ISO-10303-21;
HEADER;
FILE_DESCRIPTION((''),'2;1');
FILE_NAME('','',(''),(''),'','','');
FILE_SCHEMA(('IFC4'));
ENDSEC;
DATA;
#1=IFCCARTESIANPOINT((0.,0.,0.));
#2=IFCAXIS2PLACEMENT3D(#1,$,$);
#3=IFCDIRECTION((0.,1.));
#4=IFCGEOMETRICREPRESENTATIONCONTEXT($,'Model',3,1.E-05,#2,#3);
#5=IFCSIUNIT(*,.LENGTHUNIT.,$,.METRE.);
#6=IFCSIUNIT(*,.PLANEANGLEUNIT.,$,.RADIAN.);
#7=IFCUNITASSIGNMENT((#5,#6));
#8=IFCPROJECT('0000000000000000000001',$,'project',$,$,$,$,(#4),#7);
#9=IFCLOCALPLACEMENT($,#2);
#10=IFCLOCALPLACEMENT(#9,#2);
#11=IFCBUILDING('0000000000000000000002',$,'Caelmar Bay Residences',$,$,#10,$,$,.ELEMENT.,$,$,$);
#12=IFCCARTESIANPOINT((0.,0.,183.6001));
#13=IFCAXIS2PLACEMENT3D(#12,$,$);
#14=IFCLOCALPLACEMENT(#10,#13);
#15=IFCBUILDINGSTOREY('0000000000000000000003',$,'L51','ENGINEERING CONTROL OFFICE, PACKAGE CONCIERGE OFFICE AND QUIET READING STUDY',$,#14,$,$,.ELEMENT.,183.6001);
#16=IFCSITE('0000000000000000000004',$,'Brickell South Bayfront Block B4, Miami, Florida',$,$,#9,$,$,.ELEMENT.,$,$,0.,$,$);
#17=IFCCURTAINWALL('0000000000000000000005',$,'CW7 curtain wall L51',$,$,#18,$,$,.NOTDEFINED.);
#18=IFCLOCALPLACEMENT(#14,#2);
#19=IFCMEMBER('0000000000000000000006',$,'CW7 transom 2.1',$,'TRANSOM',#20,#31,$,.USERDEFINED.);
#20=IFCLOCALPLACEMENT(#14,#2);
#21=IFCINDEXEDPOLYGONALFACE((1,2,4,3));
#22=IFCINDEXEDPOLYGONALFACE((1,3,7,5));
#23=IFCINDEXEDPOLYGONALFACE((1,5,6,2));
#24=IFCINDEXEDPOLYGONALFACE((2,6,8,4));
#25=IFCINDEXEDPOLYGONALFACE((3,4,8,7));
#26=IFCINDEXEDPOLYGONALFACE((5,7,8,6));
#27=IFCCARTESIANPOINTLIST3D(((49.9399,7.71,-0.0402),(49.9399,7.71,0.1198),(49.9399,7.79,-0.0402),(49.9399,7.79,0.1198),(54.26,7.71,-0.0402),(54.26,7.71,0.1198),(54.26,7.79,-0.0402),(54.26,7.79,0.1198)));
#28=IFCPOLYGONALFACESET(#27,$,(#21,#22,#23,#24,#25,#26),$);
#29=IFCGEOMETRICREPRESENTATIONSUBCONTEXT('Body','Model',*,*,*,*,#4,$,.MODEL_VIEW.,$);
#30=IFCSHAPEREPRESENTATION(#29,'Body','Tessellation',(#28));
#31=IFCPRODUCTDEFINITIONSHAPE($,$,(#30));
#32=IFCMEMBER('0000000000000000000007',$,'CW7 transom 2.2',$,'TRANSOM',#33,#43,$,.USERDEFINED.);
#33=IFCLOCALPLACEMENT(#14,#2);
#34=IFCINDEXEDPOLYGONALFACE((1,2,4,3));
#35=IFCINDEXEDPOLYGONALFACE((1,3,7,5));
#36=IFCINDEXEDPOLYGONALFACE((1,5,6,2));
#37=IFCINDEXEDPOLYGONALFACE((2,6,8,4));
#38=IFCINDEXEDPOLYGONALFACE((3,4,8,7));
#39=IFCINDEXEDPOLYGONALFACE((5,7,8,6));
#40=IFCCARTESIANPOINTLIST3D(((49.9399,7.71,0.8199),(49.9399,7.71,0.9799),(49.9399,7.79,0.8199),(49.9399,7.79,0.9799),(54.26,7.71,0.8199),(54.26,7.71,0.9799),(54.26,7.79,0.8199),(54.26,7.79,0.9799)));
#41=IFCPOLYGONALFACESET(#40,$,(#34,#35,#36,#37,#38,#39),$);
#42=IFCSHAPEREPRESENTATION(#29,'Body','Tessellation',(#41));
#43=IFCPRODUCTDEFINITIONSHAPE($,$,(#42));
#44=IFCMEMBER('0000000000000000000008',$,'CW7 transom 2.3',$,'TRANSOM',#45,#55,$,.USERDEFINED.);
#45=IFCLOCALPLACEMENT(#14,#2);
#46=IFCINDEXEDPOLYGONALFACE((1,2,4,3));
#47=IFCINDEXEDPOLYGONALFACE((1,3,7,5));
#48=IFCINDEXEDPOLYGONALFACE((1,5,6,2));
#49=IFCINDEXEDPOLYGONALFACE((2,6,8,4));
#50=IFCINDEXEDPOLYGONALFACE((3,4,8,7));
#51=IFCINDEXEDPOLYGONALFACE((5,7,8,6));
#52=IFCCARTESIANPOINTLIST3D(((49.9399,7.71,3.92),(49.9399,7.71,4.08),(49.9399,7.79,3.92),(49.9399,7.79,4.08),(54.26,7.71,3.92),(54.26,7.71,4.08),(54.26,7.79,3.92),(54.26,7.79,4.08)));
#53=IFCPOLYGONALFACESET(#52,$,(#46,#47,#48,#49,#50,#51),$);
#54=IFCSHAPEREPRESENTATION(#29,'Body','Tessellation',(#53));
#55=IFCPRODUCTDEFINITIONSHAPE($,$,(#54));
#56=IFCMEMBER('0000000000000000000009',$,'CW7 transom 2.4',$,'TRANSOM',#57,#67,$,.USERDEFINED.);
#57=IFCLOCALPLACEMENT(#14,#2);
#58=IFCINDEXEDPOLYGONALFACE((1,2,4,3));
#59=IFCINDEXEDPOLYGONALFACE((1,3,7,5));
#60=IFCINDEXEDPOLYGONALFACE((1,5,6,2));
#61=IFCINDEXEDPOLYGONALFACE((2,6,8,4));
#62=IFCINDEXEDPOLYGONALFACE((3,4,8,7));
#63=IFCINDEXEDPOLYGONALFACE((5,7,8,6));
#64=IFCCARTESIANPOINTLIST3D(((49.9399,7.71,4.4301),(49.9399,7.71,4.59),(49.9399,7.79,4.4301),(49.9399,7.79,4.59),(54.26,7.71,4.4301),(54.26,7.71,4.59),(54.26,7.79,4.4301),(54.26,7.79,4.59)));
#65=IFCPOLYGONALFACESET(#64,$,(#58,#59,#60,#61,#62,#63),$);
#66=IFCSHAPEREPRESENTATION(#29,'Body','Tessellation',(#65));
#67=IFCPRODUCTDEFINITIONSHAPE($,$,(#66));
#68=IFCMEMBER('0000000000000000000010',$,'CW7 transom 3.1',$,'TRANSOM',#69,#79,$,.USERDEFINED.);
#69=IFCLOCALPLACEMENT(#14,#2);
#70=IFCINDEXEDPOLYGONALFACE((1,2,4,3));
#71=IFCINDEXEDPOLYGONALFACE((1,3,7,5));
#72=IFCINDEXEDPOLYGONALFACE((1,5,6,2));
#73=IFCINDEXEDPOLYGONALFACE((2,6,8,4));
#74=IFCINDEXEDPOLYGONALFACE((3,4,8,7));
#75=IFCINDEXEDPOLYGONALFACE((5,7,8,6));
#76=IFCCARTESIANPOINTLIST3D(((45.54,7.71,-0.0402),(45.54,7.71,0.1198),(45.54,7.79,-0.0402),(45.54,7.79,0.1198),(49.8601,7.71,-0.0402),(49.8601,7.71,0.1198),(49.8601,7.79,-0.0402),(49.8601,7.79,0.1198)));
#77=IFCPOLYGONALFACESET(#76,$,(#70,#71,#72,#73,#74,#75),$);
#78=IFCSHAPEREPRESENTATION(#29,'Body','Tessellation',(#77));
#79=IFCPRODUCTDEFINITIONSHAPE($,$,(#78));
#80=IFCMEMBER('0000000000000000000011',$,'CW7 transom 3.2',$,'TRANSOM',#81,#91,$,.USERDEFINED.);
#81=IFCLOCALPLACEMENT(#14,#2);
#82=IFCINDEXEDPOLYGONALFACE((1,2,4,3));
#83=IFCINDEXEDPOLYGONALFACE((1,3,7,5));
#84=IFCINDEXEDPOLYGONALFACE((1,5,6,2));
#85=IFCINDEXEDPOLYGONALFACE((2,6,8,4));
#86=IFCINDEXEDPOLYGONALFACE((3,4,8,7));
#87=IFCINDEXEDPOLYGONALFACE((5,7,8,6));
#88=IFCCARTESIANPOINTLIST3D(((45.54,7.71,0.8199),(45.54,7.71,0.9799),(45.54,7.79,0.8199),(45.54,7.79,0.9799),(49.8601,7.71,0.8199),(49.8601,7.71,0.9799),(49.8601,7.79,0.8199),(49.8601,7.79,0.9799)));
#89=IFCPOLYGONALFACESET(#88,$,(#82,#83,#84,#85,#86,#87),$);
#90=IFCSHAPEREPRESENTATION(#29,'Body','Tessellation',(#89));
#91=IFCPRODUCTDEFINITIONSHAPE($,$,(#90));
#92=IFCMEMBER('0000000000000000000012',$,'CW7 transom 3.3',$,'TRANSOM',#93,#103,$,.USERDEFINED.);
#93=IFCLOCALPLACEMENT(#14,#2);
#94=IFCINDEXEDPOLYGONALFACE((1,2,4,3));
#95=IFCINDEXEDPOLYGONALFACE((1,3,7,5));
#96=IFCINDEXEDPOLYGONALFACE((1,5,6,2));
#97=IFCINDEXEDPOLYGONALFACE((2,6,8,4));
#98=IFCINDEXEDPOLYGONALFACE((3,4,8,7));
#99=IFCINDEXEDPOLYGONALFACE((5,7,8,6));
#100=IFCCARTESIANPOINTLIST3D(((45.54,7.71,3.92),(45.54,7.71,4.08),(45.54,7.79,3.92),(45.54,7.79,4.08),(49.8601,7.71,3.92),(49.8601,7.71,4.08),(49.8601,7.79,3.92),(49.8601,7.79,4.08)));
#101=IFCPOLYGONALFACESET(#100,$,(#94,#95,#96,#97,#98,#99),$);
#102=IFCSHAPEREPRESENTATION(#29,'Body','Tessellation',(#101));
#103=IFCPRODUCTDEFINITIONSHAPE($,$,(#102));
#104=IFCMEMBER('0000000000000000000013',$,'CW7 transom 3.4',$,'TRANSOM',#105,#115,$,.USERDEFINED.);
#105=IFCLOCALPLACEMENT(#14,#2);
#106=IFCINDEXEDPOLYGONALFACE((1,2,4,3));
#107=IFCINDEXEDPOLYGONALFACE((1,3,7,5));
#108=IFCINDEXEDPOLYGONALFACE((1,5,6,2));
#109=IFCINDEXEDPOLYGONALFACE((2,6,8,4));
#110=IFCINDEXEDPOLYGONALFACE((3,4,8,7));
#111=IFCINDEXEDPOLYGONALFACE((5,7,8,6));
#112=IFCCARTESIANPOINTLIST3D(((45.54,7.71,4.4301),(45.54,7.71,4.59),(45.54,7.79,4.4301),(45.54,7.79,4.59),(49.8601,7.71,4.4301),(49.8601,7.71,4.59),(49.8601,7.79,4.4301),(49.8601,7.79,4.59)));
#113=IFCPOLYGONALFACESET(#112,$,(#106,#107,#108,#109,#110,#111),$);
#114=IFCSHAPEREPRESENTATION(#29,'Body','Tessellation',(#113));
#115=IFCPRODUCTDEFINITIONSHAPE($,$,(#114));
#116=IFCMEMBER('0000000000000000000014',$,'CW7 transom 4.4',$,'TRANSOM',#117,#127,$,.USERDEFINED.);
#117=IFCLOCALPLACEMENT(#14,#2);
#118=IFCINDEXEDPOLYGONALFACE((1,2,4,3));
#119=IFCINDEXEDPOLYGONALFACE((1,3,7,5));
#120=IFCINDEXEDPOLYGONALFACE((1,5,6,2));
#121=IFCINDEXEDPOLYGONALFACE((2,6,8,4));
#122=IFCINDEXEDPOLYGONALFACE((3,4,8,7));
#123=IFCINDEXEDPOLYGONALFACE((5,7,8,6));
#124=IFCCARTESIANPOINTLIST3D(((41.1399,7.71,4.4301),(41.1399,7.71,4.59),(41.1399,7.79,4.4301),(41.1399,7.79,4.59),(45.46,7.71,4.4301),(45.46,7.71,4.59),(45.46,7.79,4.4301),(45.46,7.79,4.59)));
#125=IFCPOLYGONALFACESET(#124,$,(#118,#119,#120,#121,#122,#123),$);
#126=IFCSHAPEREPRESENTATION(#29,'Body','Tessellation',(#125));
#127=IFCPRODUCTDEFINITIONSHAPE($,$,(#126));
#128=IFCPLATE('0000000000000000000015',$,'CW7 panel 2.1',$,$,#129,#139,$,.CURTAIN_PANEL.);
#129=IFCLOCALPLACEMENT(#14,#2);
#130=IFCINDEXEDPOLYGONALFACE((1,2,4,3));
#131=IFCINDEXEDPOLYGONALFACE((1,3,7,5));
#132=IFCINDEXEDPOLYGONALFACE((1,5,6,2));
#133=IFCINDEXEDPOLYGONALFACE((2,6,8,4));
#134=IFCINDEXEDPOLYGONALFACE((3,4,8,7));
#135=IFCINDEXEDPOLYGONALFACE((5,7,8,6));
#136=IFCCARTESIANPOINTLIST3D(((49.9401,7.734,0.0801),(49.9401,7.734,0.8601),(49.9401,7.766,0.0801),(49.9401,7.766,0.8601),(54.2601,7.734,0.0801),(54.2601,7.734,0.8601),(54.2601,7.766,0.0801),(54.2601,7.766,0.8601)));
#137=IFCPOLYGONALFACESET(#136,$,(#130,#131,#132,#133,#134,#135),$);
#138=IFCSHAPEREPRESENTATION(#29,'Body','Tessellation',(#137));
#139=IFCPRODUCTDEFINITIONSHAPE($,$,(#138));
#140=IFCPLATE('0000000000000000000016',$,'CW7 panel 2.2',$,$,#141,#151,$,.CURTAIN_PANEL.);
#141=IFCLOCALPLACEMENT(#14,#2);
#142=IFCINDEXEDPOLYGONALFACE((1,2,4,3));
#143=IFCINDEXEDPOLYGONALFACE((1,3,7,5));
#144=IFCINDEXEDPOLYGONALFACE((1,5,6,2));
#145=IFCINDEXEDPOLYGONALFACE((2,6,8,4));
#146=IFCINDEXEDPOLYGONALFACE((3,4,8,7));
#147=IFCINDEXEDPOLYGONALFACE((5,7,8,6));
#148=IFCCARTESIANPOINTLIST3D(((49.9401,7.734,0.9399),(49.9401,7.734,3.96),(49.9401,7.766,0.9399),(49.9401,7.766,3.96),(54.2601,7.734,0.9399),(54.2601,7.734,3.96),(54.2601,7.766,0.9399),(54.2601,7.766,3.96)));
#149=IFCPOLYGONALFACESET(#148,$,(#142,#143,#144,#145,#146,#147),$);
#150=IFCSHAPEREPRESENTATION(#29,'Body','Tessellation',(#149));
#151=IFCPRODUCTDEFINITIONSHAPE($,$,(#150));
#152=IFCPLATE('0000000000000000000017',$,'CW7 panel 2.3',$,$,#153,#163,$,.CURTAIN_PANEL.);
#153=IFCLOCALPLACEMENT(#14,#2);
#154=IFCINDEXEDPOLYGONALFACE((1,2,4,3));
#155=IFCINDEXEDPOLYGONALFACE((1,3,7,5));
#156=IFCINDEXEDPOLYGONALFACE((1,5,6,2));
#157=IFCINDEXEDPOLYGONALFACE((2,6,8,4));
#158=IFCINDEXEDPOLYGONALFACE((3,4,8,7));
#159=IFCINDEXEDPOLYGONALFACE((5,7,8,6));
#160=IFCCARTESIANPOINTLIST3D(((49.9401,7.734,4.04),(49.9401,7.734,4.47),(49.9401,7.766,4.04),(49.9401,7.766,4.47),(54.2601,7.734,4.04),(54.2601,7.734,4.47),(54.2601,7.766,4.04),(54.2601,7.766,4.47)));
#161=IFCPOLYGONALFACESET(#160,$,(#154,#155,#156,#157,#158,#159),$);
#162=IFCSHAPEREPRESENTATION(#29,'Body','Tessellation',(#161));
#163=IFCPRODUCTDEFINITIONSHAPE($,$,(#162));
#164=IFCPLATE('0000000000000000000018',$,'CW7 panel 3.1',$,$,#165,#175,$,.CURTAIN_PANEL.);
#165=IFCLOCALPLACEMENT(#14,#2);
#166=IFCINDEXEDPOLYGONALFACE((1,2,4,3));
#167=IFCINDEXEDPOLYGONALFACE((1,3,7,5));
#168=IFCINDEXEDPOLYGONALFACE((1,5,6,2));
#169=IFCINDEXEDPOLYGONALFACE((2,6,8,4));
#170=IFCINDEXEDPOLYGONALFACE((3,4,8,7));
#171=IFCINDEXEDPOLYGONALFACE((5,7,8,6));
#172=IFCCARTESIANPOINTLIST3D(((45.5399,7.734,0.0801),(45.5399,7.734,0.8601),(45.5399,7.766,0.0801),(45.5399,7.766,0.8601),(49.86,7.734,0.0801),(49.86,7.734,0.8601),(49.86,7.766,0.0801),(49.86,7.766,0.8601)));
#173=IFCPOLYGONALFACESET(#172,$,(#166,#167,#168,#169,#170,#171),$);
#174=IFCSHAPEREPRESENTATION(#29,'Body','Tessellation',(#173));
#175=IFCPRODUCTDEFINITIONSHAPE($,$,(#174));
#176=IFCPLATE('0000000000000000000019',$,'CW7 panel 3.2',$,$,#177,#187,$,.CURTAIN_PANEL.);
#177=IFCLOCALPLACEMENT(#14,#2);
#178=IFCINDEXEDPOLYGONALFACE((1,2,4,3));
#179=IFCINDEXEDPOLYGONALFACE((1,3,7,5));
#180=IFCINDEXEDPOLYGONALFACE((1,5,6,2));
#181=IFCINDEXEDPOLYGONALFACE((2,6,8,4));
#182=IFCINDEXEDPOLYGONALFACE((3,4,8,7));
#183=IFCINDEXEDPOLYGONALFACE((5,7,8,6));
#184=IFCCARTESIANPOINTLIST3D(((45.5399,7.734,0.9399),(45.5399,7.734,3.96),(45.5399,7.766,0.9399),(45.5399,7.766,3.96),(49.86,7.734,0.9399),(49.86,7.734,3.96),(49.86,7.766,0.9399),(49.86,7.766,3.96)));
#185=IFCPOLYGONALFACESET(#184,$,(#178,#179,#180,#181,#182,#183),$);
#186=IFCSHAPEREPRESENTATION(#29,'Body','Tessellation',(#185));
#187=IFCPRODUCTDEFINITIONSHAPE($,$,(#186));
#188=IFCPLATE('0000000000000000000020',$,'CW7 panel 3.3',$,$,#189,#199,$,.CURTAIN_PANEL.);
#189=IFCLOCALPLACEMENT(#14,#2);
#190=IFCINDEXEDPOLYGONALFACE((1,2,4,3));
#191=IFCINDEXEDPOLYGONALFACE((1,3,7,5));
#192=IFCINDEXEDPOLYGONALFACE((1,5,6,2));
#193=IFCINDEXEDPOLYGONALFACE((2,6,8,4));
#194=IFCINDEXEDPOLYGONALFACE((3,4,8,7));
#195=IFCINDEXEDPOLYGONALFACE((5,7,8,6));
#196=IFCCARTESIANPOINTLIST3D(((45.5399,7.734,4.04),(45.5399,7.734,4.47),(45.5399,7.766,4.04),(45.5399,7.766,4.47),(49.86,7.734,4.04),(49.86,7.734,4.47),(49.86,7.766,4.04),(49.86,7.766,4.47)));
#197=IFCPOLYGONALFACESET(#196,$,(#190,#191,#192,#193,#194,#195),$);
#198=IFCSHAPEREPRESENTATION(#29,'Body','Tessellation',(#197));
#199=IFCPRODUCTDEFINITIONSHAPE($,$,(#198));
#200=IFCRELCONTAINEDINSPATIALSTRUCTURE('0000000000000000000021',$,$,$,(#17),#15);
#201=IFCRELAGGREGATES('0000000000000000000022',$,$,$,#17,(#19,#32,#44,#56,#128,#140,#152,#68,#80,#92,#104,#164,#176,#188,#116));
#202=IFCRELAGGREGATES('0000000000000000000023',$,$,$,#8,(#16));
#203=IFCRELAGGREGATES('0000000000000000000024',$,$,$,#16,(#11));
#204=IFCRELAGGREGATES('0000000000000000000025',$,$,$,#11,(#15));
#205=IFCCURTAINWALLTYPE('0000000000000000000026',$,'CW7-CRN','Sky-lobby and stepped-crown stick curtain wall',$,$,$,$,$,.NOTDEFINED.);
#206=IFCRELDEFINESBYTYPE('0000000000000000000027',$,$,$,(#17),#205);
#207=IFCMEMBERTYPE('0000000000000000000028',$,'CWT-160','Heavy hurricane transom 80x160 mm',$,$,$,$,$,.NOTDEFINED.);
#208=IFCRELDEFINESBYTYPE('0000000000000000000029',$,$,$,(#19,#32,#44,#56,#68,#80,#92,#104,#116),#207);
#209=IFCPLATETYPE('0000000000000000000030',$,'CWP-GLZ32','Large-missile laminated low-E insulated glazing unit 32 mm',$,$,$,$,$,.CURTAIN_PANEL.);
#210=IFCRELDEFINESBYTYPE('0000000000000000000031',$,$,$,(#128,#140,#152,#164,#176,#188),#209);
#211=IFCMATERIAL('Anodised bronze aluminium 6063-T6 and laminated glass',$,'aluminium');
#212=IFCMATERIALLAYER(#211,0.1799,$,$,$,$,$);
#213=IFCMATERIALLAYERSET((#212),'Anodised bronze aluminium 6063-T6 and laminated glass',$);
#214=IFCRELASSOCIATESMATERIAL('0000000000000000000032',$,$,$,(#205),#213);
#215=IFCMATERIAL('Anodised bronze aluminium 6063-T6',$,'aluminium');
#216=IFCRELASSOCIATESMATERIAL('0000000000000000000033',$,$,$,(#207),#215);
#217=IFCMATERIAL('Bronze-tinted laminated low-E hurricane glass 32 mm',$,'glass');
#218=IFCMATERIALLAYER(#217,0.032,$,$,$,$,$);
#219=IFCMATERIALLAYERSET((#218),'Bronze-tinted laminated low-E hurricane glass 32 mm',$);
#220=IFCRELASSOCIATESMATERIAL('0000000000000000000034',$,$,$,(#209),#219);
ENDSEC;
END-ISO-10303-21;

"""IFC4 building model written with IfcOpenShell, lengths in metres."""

from ifc_helpers import new_model, si_unit, direction, frame, origin, origin_2d, place, context, subcontext, project, spatial, rectangle, extrude, material, layer, layer_set, material_profile, profile_set, type_object, element, aggregate, save


model = new_model("IFC4")

# Units and contexts
model_context = context("Model", 3, precision=1e-05, world=origin(), true_north=direction((0.0, 1.0)))
body_context = subcontext(model_context, "Body", "Model", "MODEL_VIEW")
ifc_project = project(units=[si_unit("LENGTHUNIT", "METRE"), si_unit("PLANEANGLEUNIT", "RADIAN")], contexts=[model_context])

# Site, building, storey
site_placement = place(None, origin())
site = spatial("IfcSite", under=ifc_project, at=site_placement, Name="Brickell South Bayfront Block B4, Miami, Florida", CompositionType="ELEMENT", RefElevation=0.0)
building_placement = place(site_placement, origin())
building = spatial("IfcBuilding", under=site, at=building_placement, Name="Caelmar Bay Residences", CompositionType="ELEMENT")
storey_placement = place(building_placement, frame((0.0, 0.0, 183.6001)))
storey = spatial("IfcBuildingStorey", under=building, at=storey_placement, Name="L51", Description="ENGINEERING CONTROL OFFICE, PACKAGE CONCIERGE OFFICE AND QUIET READING STUDY", CompositionType="ELEMENT", Elevation=183.6001)

# Curtain wall, members, plates
ifc_material_1 = material(Name="Anodised bronze aluminium 6063-T6 and laminated glass", Category="aluminium")
ifc_layer_1 = layer(ifc_material_1, 0.1799)
ifc_layer_set_1 = layer_set([ifc_layer_1], Name="Anodised bronze aluminium 6063-T6 and laminated glass")
curtain_wall_type = type_object("IfcCurtainWallType", Name="CW7-CRN", Description="Sky-lobby and stepped-crown stick curtain wall", PredefinedType="NOTDEFINED", material=ifc_layer_set_1)
curtain_wall_placement = place(storey_placement, origin())
curtain_wall = element("IfcCurtainWall", 1, at=curtain_wall_placement, inside=storey, type_object=curtain_wall_type, Name="CW7 curtain wall L51", PredefinedType="NOTDEFINED")
ifc_material_2 = material(Name="Anodised bronze aluminium 6063-T6", Category="aluminium")
ifc_material_profile_1 = material_profile(ifc_material_2, rectangle(XDim=0.0801, YDim=0.1599, at=origin_2d()), Name="CWT-80X160")
ifc_profile_set_1 = profile_set([ifc_material_profile_1], Name="Anodised bronze aluminium 6063-T6")
member_type_1 = type_object("IfcMemberType", Name="CWT-160", Description="Heavy hurricane transom 80x160 mm", PredefinedType="NOTDEFINED", material=ifc_profile_set_1)
member_1_placement = place(storey_placement, frame((54.26, 7.75, 0.0398), z_axis=(-1.0, 0.0, 0.0), x_axis=(0.0, -1.0, 0.0)))
member_1 = element("IfcMember", 2, at=member_1_placement, type_object=member_type_1, Name="CW7 transom 2.1", ObjectType="TRANSOM", PredefinedType="USERDEFINED", context=body_context, shape_type="SweptSolid", body=[
    extrude(rectangle(XDim=0.0801, YDim=0.1599, at=origin_2d()), origin(), (0.0, 0.0, 1.0), 4.3201),
])
member_2_placement = place(storey_placement, frame((54.26, 7.75, 0.8999), z_axis=(-1.0, 0.0, 0.0), x_axis=(0.0, -1.0, 0.0)))
member_2 = element("IfcMember", 3, at=member_2_placement, type_object=member_type_1, Name="CW7 transom 2.2", ObjectType="TRANSOM", PredefinedType="USERDEFINED", context=body_context, shape_type="SweptSolid", body=[
    extrude(rectangle(XDim=0.0801, YDim=0.1599, at=origin_2d()), origin(), (0.0, 0.0, 1.0), 4.3201),
])
member_3_placement = place(storey_placement, frame((54.26, 7.75, 4.0), z_axis=(-1.0, 0.0, 0.0), x_axis=(0.0, -1.0, 0.0)))
member_3 = element("IfcMember", 4, at=member_3_placement, type_object=member_type_1, Name="CW7 transom 2.3", ObjectType="TRANSOM", PredefinedType="USERDEFINED", context=body_context, shape_type="SweptSolid", body=[
    extrude(rectangle(XDim=0.0801, YDim=0.1599, at=origin_2d()), origin(), (0.0, 0.0, 1.0), 4.3201),
])
member_4_placement = place(storey_placement, frame((54.26, 7.75, 4.51), z_axis=(-1.0, 0.0, 0.0), x_axis=(0.0, -1.0, 0.0)))
member_4 = element("IfcMember", 5, at=member_4_placement, type_object=member_type_1, Name="CW7 transom 2.4", ObjectType="TRANSOM", PredefinedType="USERDEFINED", context=body_context, shape_type="SweptSolid", body=[
    extrude(rectangle(XDim=0.0801, YDim=0.1599, at=origin_2d()), origin(), (0.0, 0.0, 1.0), 4.3201),
])
member_5_placement = place(storey_placement, frame((49.8601, 7.75, 0.0398), z_axis=(-1.0, 0.0, 0.0), x_axis=(0.0, -1.0, 0.0)))
member_5 = element("IfcMember", 6, at=member_5_placement, type_object=member_type_1, Name="CW7 transom 3.1", ObjectType="TRANSOM", PredefinedType="USERDEFINED", context=body_context, shape_type="SweptSolid", body=[
    extrude(rectangle(XDim=0.0801, YDim=0.1599, at=origin_2d()), origin(), (0.0, 0.0, 1.0), 4.3201),
])
member_6_placement = place(storey_placement, frame((49.8601, 7.75, 0.8999), z_axis=(-1.0, 0.0, 0.0), x_axis=(0.0, -1.0, 0.0)))
member_6 = element("IfcMember", 7, at=member_6_placement, type_object=member_type_1, Name="CW7 transom 3.2", ObjectType="TRANSOM", PredefinedType="USERDEFINED", context=body_context, shape_type="SweptSolid", body=[
    extrude(rectangle(XDim=0.0801, YDim=0.1599, at=origin_2d()), origin(), (0.0, 0.0, 1.0), 4.3201),
])
member_7_placement = place(storey_placement, frame((49.8601, 7.75, 4.0), z_axis=(-1.0, 0.0, 0.0), x_axis=(0.0, -1.0, 0.0)))
member_7 = element("IfcMember", 8, at=member_7_placement, type_object=member_type_1, Name="CW7 transom 3.3", ObjectType="TRANSOM", PredefinedType="USERDEFINED", context=body_context, shape_type="SweptSolid", body=[
    extrude(rectangle(XDim=0.0801, YDim=0.1599, at=origin_2d()), origin(), (0.0, 0.0, 1.0), 4.3201),
])
member_8_placement = place(storey_placement, frame((49.8601, 7.75, 4.51), z_axis=(-1.0, 0.0, 0.0), x_axis=(0.0, -1.0, 0.0)))
member_8 = element("IfcMember", 9, at=member_8_placement, type_object=member_type_1, Name="CW7 transom 3.4", ObjectType="TRANSOM", PredefinedType="USERDEFINED", context=body_context, shape_type="SweptSolid", body=[
    extrude(rectangle(XDim=0.0801, YDim=0.1599, at=origin_2d()), origin(), (0.0, 0.0, 1.0), 4.3201),
])
member_9_placement = place(storey_placement, frame((45.46, 7.75, 4.51), z_axis=(-1.0, 0.0, 0.0), x_axis=(0.0, -1.0, 0.0)))
member_9 = element("IfcMember", 10, at=member_9_placement, type_object=member_type_1, Name="CW7 transom 4.4", ObjectType="TRANSOM", PredefinedType="USERDEFINED", context=body_context, shape_type="SweptSolid", body=[
    extrude(rectangle(XDim=0.0801, YDim=0.1599, at=origin_2d()), origin(), (0.0, 0.0, 1.0), 4.3201),
])
ifc_material_3 = material(Name="Bronze-tinted laminated low-E hurricane glass 32 mm", Category="glass")
ifc_layer_2 = layer(ifc_material_3, 0.032)
ifc_layer_set_2 = layer_set([ifc_layer_2], Name="Bronze-tinted laminated low-E hurricane glass 32 mm")
plate_type = type_object("IfcPlateType", Name="CWP-GLZ32", Description="Large-missile laminated low-E insulated glazing unit 32 mm", PredefinedType="CURTAIN_PANEL", material=ifc_layer_set_2)
plate_1_placement = place(storey_placement, frame((52.1001, 7.75, 0.0801), z_axis=(0.0, 0.0, 1.0), x_axis=(-1.0, 0.0, 0.0)))
plate_1 = element("IfcPlate", 11, at=plate_1_placement, type_object=plate_type, Name="CW7 panel 2.1", PredefinedType="CURTAIN_PANEL", context=body_context, shape_type="SweptSolid", body=[
    extrude(rectangle(XDim=4.3201, YDim=0.032, at=origin_2d()), origin(), (0.0, 0.0, 1.0), 0.78),
])
plate_2_placement = place(storey_placement, frame((52.1001, 7.75, 0.9399), z_axis=(0.0, 0.0, 1.0), x_axis=(-1.0, 0.0, 0.0)))
plate_2 = element("IfcPlate", 12, at=plate_2_placement, type_object=plate_type, Name="CW7 panel 2.2", PredefinedType="CURTAIN_PANEL", context=body_context, shape_type="SweptSolid", body=[
    extrude(rectangle(XDim=4.3201, YDim=0.032, at=origin_2d()), origin(), (0.0, 0.0, 1.0), 3.02),
])
plate_3_placement = place(storey_placement, frame((52.1001, 7.75, 4.04), z_axis=(0.0, 0.0, 1.0), x_axis=(-1.0, 0.0, 0.0)))
plate_3 = element("IfcPlate", 13, at=plate_3_placement, type_object=plate_type, Name="CW7 panel 2.3", PredefinedType="CURTAIN_PANEL", context=body_context, shape_type="SweptSolid", body=[
    extrude(rectangle(XDim=4.3201, YDim=0.032, at=origin_2d()), origin(), (0.0, 0.0, 1.0), 0.4299),
])
plate_4_placement = place(storey_placement, frame((47.7, 7.75, 0.0801), z_axis=(0.0, 0.0, 1.0), x_axis=(-1.0, 0.0, 0.0)))
plate_4 = element("IfcPlate", 14, at=plate_4_placement, type_object=plate_type, Name="CW7 panel 3.1", PredefinedType="CURTAIN_PANEL", context=body_context, shape_type="SweptSolid", body=[
    extrude(rectangle(XDim=4.3201, YDim=0.032, at=origin_2d()), origin(), (0.0, 0.0, 1.0), 0.78),
])
plate_5_placement = place(storey_placement, frame((47.7, 7.75, 0.9399), z_axis=(0.0, 0.0, 1.0), x_axis=(-1.0, 0.0, 0.0)))
plate_5 = element("IfcPlate", 15, at=plate_5_placement, type_object=plate_type, Name="CW7 panel 3.2", PredefinedType="CURTAIN_PANEL", context=body_context, shape_type="SweptSolid", body=[
    extrude(rectangle(XDim=4.3201, YDim=0.032, at=origin_2d()), origin(), (0.0, 0.0, 1.0), 3.02),
])
plate_6_placement = place(storey_placement, frame((47.7, 7.75, 4.04), z_axis=(0.0, 0.0, 1.0), x_axis=(-1.0, 0.0, 0.0)))
plate_6 = element("IfcPlate", 16, at=plate_6_placement, type_object=plate_type, Name="CW7 panel 3.3", PredefinedType="CURTAIN_PANEL", context=body_context, shape_type="SweptSolid", body=[
    extrude(rectangle(XDim=4.3201, YDim=0.032, at=origin_2d()), origin(), (0.0, 0.0, 1.0), 0.4299),
])
aggregate(curtain_wall, [member_1, member_2, member_3, member_4, plate_1, plate_2, plate_3, member_5, member_6, member_7, member_8, plate_4, plate_5, plate_6, member_9])

save(model, "model.ifc")
